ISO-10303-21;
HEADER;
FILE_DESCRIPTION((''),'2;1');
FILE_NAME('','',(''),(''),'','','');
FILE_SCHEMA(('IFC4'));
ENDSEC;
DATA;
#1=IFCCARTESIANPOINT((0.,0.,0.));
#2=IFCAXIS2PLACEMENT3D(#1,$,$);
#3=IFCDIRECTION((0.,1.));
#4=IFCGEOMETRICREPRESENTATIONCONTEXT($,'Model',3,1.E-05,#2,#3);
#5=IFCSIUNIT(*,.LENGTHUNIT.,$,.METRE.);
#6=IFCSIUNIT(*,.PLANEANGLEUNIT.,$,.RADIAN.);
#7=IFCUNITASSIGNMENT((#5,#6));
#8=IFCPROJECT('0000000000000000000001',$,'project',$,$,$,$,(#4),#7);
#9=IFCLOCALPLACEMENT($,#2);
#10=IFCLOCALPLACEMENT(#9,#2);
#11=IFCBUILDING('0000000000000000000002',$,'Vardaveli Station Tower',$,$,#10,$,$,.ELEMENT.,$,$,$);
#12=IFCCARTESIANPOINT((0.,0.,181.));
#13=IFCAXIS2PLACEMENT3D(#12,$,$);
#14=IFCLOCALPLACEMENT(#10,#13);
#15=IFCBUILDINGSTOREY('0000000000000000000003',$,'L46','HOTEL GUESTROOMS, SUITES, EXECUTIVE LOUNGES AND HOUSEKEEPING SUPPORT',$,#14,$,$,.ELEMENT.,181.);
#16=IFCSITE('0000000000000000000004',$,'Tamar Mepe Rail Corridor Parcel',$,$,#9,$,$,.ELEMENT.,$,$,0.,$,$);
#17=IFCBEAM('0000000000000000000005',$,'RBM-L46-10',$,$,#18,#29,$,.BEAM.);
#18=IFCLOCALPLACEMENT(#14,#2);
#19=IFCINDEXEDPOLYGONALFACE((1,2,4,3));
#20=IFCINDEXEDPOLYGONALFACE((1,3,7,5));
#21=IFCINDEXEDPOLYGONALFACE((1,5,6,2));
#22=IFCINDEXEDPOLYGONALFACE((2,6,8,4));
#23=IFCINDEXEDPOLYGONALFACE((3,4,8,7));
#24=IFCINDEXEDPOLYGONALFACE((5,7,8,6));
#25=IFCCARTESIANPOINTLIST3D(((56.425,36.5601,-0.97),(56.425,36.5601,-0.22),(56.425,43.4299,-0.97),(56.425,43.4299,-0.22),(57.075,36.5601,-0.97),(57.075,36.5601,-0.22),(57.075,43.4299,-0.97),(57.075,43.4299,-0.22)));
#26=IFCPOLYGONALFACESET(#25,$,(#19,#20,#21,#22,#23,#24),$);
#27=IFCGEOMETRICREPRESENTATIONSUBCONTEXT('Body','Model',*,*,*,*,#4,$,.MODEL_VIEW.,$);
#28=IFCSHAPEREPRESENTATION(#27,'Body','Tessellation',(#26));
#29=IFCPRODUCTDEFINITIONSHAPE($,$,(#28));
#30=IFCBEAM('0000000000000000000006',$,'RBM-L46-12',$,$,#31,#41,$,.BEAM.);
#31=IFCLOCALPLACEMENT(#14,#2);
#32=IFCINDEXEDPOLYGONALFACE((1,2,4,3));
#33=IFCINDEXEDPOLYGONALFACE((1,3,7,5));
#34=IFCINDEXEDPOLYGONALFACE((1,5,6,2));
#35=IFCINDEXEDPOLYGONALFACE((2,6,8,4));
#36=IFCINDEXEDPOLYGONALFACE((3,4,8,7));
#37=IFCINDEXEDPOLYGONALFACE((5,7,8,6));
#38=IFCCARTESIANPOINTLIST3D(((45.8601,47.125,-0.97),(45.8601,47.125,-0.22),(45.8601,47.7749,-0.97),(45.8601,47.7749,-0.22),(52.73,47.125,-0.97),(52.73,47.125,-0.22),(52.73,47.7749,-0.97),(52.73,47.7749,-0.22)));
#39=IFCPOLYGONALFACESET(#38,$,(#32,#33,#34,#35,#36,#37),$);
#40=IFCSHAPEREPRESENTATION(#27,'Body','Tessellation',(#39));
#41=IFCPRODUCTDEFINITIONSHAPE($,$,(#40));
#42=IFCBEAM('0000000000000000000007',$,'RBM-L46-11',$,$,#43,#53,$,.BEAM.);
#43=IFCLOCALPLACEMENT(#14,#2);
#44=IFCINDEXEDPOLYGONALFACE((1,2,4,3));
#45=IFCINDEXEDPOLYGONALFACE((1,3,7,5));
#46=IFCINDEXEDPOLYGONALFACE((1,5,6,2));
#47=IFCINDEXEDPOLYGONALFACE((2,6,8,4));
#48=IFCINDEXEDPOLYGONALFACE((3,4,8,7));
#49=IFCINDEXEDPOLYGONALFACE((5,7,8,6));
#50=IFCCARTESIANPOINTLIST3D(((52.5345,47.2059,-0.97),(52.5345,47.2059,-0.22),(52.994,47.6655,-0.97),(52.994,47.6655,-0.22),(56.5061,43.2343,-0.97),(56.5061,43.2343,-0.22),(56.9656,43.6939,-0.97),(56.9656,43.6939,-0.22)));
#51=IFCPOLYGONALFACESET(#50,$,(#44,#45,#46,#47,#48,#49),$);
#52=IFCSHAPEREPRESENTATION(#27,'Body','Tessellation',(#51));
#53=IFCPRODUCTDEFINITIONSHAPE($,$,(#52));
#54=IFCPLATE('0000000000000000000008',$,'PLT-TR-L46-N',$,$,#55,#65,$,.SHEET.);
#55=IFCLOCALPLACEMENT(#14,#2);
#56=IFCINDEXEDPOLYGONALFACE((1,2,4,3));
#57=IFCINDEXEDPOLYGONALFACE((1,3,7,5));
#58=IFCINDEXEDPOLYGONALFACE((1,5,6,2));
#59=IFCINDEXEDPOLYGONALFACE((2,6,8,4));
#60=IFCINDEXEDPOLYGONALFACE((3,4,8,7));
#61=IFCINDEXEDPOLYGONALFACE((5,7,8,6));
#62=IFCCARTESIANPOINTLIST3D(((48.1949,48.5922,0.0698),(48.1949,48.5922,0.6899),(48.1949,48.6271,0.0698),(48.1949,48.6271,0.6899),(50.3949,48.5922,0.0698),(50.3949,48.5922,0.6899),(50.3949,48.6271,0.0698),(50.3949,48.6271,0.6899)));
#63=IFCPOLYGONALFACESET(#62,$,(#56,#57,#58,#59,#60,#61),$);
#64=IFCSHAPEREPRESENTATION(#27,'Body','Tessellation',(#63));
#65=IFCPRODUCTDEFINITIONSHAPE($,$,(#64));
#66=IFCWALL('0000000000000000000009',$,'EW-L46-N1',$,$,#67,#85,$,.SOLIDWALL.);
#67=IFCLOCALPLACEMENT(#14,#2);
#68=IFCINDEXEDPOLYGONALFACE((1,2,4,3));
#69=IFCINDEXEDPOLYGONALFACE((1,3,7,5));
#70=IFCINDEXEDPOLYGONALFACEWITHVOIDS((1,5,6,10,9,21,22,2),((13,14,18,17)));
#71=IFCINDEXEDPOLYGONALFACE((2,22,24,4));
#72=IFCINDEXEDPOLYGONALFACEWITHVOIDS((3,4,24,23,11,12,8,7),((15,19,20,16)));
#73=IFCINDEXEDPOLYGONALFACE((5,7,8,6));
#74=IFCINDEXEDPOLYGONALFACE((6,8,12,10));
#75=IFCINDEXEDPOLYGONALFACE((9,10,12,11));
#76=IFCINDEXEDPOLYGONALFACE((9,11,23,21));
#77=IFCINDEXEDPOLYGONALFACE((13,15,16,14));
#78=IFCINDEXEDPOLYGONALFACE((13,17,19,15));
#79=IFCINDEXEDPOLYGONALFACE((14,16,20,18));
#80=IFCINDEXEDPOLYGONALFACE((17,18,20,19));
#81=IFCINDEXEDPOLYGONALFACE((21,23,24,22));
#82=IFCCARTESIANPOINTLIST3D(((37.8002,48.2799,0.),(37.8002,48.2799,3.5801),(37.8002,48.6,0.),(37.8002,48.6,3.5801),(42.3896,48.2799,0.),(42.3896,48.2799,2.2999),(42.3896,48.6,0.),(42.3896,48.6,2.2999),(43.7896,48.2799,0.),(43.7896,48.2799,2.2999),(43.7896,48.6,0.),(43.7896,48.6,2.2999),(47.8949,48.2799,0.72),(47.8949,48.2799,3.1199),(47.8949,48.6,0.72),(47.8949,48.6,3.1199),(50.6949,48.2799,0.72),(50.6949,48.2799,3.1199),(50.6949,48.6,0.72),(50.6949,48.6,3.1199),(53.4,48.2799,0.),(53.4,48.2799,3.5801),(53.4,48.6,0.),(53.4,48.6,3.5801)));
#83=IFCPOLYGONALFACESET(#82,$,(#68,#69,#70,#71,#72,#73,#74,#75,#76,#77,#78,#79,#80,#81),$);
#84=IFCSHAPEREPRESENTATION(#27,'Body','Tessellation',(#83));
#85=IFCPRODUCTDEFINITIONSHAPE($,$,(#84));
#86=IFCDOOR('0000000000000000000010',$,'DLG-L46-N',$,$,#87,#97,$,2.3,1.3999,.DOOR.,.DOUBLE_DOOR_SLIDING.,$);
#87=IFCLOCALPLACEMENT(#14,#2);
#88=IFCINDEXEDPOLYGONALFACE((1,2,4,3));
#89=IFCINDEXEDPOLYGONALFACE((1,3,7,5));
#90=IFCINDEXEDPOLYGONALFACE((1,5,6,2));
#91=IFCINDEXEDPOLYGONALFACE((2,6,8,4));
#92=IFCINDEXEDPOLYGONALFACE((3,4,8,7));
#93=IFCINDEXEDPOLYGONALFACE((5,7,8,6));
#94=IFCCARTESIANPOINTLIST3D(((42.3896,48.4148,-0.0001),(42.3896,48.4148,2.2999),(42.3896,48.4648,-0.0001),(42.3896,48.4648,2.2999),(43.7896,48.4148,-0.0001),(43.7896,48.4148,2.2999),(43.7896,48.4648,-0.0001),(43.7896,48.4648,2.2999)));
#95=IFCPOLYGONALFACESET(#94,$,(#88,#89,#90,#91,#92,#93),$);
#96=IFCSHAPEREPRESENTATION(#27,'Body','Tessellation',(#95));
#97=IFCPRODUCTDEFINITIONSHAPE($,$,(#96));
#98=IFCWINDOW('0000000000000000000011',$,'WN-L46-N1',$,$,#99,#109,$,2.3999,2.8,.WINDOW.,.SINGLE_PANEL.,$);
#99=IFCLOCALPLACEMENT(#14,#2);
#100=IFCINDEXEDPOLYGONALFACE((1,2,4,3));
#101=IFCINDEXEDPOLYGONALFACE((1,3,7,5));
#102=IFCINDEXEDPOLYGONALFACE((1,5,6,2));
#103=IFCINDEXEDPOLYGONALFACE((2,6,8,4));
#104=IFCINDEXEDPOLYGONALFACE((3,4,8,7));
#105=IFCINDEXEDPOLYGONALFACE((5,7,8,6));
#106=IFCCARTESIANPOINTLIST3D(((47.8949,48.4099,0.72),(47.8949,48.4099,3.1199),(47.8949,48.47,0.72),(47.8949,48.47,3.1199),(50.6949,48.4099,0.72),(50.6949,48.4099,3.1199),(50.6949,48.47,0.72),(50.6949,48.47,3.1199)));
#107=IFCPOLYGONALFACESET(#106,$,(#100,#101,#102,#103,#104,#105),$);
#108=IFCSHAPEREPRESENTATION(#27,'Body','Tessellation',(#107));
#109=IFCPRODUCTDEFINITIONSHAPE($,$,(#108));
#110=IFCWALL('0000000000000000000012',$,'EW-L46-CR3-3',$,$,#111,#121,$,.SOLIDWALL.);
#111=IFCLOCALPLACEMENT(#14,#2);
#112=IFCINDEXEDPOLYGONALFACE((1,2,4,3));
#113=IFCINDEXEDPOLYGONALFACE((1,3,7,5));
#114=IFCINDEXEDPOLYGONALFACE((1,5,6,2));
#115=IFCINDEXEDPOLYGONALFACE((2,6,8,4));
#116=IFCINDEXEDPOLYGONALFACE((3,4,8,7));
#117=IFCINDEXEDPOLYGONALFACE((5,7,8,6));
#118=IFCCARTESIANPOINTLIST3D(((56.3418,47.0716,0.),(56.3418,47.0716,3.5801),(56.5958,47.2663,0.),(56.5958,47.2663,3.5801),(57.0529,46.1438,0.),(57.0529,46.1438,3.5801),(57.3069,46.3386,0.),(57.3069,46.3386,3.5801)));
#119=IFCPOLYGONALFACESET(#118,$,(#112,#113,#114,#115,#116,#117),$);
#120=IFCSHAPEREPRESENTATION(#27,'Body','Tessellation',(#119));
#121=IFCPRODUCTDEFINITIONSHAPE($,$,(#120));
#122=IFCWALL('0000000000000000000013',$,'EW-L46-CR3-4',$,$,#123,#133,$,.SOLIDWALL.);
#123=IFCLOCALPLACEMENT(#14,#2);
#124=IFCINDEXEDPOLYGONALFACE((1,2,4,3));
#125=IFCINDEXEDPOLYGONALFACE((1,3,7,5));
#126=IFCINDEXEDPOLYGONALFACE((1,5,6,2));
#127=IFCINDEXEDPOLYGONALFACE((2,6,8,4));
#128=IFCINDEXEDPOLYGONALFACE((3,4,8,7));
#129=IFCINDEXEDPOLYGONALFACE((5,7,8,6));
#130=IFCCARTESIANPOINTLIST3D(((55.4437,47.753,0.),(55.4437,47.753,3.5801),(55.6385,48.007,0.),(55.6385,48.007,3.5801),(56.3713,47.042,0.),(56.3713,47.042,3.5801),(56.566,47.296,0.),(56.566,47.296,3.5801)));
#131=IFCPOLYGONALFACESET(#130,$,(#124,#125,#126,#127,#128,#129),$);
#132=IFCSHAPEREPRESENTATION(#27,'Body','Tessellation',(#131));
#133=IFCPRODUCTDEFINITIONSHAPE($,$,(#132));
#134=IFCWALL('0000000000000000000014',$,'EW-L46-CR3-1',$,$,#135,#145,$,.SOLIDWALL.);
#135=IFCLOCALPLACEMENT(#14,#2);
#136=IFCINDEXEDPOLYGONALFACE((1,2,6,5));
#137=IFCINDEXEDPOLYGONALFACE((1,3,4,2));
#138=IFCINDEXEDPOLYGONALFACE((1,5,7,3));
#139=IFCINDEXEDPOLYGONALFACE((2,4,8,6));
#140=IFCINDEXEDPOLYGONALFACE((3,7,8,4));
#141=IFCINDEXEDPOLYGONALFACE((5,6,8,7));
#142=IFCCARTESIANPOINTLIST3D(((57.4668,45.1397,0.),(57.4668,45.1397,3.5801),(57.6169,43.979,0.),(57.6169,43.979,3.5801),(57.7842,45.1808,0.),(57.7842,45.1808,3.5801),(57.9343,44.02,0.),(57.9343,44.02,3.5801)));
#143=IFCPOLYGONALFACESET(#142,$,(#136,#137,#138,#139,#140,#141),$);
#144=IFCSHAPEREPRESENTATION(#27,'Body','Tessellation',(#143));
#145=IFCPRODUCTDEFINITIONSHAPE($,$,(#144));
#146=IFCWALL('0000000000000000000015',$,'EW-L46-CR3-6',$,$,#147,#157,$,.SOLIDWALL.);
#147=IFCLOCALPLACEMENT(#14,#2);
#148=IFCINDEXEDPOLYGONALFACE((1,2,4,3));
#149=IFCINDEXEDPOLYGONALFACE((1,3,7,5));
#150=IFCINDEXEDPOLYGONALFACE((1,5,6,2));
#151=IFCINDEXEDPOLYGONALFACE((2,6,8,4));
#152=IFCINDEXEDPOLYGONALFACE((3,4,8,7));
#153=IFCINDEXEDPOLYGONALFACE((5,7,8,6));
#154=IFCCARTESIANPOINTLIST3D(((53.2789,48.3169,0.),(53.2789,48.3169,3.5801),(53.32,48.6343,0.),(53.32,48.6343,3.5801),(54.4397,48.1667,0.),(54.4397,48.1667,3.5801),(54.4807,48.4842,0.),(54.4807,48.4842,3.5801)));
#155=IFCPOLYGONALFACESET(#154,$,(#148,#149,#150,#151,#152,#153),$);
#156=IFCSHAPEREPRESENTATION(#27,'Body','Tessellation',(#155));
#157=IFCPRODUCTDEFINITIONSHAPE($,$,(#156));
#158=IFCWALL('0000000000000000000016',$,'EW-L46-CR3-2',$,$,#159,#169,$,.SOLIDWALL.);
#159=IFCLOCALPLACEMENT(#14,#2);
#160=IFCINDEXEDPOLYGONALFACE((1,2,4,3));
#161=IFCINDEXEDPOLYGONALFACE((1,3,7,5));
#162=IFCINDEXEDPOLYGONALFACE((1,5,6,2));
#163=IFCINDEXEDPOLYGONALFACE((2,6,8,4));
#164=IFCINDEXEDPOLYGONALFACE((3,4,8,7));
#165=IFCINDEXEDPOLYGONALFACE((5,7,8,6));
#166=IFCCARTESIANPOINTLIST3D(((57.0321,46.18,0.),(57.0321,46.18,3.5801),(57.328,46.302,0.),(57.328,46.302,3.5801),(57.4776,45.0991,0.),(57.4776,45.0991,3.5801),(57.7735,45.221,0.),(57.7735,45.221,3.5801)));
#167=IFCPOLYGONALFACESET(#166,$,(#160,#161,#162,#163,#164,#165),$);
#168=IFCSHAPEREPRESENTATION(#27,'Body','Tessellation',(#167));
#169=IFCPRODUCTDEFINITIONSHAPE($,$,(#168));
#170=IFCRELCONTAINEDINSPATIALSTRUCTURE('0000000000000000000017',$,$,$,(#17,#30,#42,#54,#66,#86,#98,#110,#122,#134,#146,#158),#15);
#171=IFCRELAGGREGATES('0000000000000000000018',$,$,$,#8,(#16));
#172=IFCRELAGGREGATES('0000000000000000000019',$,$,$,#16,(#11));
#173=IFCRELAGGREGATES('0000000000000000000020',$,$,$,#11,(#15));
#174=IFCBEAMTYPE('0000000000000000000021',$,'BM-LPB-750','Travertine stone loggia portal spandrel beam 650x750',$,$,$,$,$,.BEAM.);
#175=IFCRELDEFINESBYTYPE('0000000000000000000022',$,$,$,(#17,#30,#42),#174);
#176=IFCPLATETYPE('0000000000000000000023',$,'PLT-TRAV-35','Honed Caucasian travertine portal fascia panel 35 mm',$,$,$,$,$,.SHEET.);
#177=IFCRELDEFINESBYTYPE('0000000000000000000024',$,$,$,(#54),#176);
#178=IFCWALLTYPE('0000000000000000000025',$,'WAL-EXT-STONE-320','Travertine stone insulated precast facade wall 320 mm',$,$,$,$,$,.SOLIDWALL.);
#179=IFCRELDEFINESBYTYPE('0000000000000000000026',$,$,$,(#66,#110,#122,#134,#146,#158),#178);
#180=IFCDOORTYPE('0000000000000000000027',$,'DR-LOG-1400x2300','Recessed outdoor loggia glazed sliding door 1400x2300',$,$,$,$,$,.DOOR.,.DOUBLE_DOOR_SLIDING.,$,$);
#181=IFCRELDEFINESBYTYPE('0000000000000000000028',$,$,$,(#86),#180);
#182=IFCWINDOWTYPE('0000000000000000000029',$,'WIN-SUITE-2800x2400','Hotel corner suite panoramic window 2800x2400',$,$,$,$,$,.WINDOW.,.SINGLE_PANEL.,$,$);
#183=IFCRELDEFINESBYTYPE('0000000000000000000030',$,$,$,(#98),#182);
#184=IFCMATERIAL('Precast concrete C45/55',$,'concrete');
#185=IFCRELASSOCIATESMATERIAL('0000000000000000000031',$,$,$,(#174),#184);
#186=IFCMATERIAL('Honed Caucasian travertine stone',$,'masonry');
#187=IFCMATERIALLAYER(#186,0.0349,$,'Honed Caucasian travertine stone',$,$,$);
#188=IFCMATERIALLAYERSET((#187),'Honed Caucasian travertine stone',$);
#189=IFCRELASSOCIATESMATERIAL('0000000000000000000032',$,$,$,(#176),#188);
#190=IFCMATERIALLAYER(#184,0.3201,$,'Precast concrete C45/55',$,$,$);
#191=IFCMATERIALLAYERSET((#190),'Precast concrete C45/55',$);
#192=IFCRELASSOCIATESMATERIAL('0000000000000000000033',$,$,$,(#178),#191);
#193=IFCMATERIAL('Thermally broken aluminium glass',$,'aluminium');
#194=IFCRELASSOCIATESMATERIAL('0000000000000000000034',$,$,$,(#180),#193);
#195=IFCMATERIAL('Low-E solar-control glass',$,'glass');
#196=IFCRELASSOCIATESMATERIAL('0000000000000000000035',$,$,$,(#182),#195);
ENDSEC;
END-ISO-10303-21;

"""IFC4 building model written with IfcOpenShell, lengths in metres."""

from ifc_helpers import new_model, si_unit, direction, frame, frame_2d, origin, origin_2d, place, context, subcontext, project, spatial, rectangle, extrude, source, transform, mapped, material, layer, layer_set, material_profile, profile_set, type_object, element, fill, save


model = new_model("IFC4")

# Units and contexts
model_context = context("Model", 3, precision=1e-05, world=origin(), true_north=direction((0.0, 1.0)))
body_context = subcontext(model_context, "Body", "Model", "MODEL_VIEW")
ifc_project = project(units=[si_unit("LENGTHUNIT", "METRE"), si_unit("PLANEANGLEUNIT", "RADIAN")], contexts=[model_context])

# Site, building, storey
site_placement = place(None, origin())
site = spatial("IfcSite", under=ifc_project, at=site_placement, Name="Tamar Mepe Rail Corridor Parcel", CompositionType="ELEMENT", RefElevation=0.0)
building_placement = place(site_placement, origin())
building = spatial("IfcBuilding", under=site, at=building_placement, Name="Vardaveli Station Tower", CompositionType="ELEMENT")
storey_placement = place(building_placement, frame((0.0, 0.0, 181.0)))
storey = spatial("IfcBuildingStorey", under=building, at=storey_placement, Name="L46", Description="HOTEL GUESTROOMS, SUITES, EXECUTIVE LOUNGES AND HOUSEKEEPING SUPPORT", CompositionType="ELEMENT", Elevation=181.0)

# Beams
ifc_material_1 = material(Name="Precast concrete C45/55", Category="concrete")
ifc_material_profile_1 = material_profile(ifc_material_1, rectangle(XDim=0.6499, YDim=0.75, at=origin_2d()), Name="LPB 650x750")
ifc_profile_set_1 = profile_set([ifc_material_profile_1], Name="Precast concrete C45/55")
beam_type = type_object("IfcBeamType", Name="BM-LPB-750", Description="Travertine stone loggia portal spandrel beam 650x750", PredefinedType="BEAM", material=ifc_profile_set_1)
shared_shape_1 = source(origin(), body_context, "Body", "SweptSolid", [
    extrude(rectangle(XDim=0.6499, YDim=0.75, at=origin_2d()), origin(), (0.0, 0.0, 1.0), 6.8699),
])
for number, where, z_axis, x_axis, name in (
    (1, (56.75, 36.5601, -0.595), (0.0, 1.0, 0.0), (-1.0, 0.0, 0.0), "RBM-L46-10"),
    (2, (52.73, 47.45, -0.595), (-1.0, 0.0, 0.0), (0.0, -1.0, 0.0), "RBM-L46-12"),
):
    element("IfcBeam", number, at=place(storey_placement, frame(where, z_axis=z_axis, x_axis=x_axis)), inside=storey, type_object=beam_type, Name=name, PredefinedType="BEAM", context=body_context, shape_type="MappedRepresentation", body=[
        mapped(shared_shape_1, transform((0.0, 0.0, 0.0), scale=1.0)),
    ])
shared_shape_2 = source(origin(), body_context, "Body", "SweptSolid", [
    extrude(rectangle(XDim=0.6499, YDim=0.75, at=origin_2d()), origin(), (0.0, 0.0, 1.0), 5.6167),
])
beam_1_placement = place(storey_placement, frame((56.7358, 43.4641, -0.595), z_axis=(-0.707107, 0.707107, 0.0), x_axis=(-0.707107, -0.707107, 0.0)))
element("IfcBeam", 3, at=beam_1_placement, inside=storey, type_object=beam_type, Name="RBM-L46-11", PredefinedType="BEAM", context=body_context, shape_type="MappedRepresentation", body=[
    mapped(shared_shape_2, transform((0.0, 0.0, 0.0), scale=1.0)),
])

# Plate
ifc_material_2 = material(Name="Honed Caucasian travertine stone", Category="masonry")
ifc_layer_1 = layer(ifc_material_2, 0.0349, Name="Honed Caucasian travertine stone")
ifc_layer_set_1 = layer_set([ifc_layer_1], Name="Honed Caucasian travertine stone")
plate_type = type_object("IfcPlateType", Name="PLT-TRAV-35", Description="Honed Caucasian travertine portal fascia panel 35 mm", PredefinedType="SHEET", material=ifc_layer_set_1)
shared_shape_3 = source(origin(), body_context, "Body", "SweptSolid", [
    extrude(rectangle(XDim=2.2, YDim=0.0349, at=origin_2d()), origin(), (0.0, 0.0, 1.0), 0.6201),
])
plate_placement = place(storey_placement, frame((49.2949, 48.6096, 0.0698), z_axis=(0.0, 0.0, 1.0), x_axis=(1.0, 0.0, 0.0)))
element("IfcPlate", 4, at=plate_placement, inside=storey, type_object=plate_type, Name="PLT-TR-L46-N", PredefinedType="SHEET", context=body_context, shape_type="MappedRepresentation", body=[
    mapped(shared_shape_3, transform((0.0, 0.0, 0.0), scale=1.0)),
])

# Wall, openings, door, window
ifc_layer_2 = layer(ifc_material_1, 0.3201, Name="Precast concrete C45/55")
ifc_layer_set_2 = layer_set([ifc_layer_2], Name="Precast concrete C45/55")
wall_type_1 = type_object("IfcWallType", Name="WAL-EXT-STONE-320", Description="Travertine stone insulated precast facade wall 320 mm", PredefinedType="SOLIDWALL", material=ifc_layer_set_2)
shared_shape_4 = source(origin(), body_context, "Body", "SweptSolid", [
    extrude(rectangle(XDim=15.5999, YDim=0.3201, at=frame_2d((7.7998, 0.0))), origin(), (0.0, 0.0, 1.0), 3.5801),
])
wall_1_placement = place(storey_placement, frame((53.3999, 48.4399, 0.0), z_axis=(0.0, 0.0, 1.0), x_axis=(-1.0, 0.0, 0.0)))
wall_1 = element("IfcWall", 5, at=wall_1_placement, inside=storey, type_object=wall_type_1, Name="EW-L46-N1", PredefinedType="SOLIDWALL", context=body_context, shape_type="MappedRepresentation", body=[
    mapped(shared_shape_4, transform((0.0, 0.0, 0.0), scale=1.0)),
])
shared_shape_5 = source(origin(), body_context, "Body", "SweptSolid", [
    extrude(rectangle(XDim=1.3999, YDim=2.3, at=frame_2d((0.7, 1.1499))), frame((0.0, 0.1699, 0.0), z_axis=(0.0, -1.0, 0.0), x_axis=(1.0, 0.0, 0.0)), (0.0, 0.0, 1.0), 0.3401),
])
opening_1_placement = place(wall_1_placement, frame((9.6104, 0.0, 0.0)))
opening_1 = element("IfcOpeningElement", 6, at=opening_1_placement, cuts=wall_1, PredefinedType="OPENING", context=body_context, shape_type="MappedRepresentation", body=[
    mapped(shared_shape_5, transform((0.0, 0.0, 0.0), scale=1.0)),
])
shared_shape_6 = source(origin(), body_context, "Body", "SweptSolid", [
    extrude(rectangle(XDim=2.8, YDim=2.3999, at=frame_2d((1.3999, 1.2))), frame((0.0, 0.1699, 0.0), z_axis=(0.0, -1.0, 0.0), x_axis=(1.0, 0.0, 0.0)), (0.0, 0.0, 1.0), 0.3401),
])
opening_2_placement = place(wall_1_placement, frame((2.7051, 0.0, 0.72)))
opening_2 = element("IfcOpeningElement", 7, at=opening_2_placement, cuts=wall_1, PredefinedType="OPENING", context=body_context, shape_type="MappedRepresentation", body=[
    mapped(shared_shape_6, transform((0.0, 0.0, 0.0), scale=1.0)),
])
ifc_material_3 = material(Name="Thermally broken aluminium glass", Category="aluminium")
door_type = type_object("IfcDoorType", Name="DR-LOG-1400x2300", Description="Recessed outdoor loggia glazed sliding door 1400x2300", OperationType="DOUBLE_DOOR_SLIDING", PredefinedType="DOOR", material=ifc_material_3)
shared_shape_7 = source(origin(), body_context, "Body", "SweptSolid", [
    extrude(rectangle(XDim=1.3999, YDim=2.3, at=frame_2d((0.7, 1.1499))), frame((0.0, 0.0249, 0.0), z_axis=(0.0, -1.0, 0.0), x_axis=(1.0, 0.0, 0.0)), (0.0, 0.0, 1.0), 0.05),
])
door_placement = place(opening_1_placement, frame((1.3999, 0.0, 0.0), z_axis=(0.0, 0.0, 1.0), x_axis=(-1.0, 0.0, 0.0)))
door = element("IfcDoor", 8, at=door_placement, inside=storey, type_object=door_type, Name="DLG-L46-N", OperationType="DOUBLE_DOOR_SLIDING", OverallHeight=2.3, OverallWidth=1.3999, PredefinedType="DOOR", context=body_context, shape_type="MappedRepresentation", body=[
    mapped(shared_shape_7, transform((0.0, 0.0, 0.0), scale=1.0)),
])
fill(opening_1, door)
ifc_material_4 = material(Name="Low-E solar-control glass", Category="glass")
window_type = type_object("IfcWindowType", Name="WIN-SUITE-2800x2400", Description="Hotel corner suite panoramic window 2800x2400", PartitioningType="SINGLE_PANEL", PredefinedType="WINDOW", material=ifc_material_4)
shared_shape_8 = source(origin(), body_context, "Body", "SweptSolid", [
    extrude(rectangle(XDim=2.8, YDim=2.3999, at=frame_2d((1.3999, 1.2))), frame((0.0, 0.03, 0.0), z_axis=(0.0, -1.0, 0.0), x_axis=(1.0, 0.0, 0.0)), (0.0, 0.0, 1.0), 0.0601),
])
window_placement = place(opening_2_placement, origin())
window = element("IfcWindow", 9, at=window_placement, inside=storey, type_object=window_type, Name="WN-L46-N1", OverallHeight=2.3999, OverallWidth=2.8, PartitioningType="SINGLE_PANEL", PredefinedType="WINDOW", context=body_context, shape_type="MappedRepresentation", body=[
    mapped(shared_shape_8, transform((0.0, 0.0, 0.0), scale=1.0)),
])
fill(opening_2, window)

# Walls
shared_shape_9 = source(origin(), body_context, "Body", "SweptSolid", [
    extrude(rectangle(XDim=1.1689, YDim=0.3201, at=frame_2d((0.5845, 0.0))), origin(), (0.0, 0.0, 1.0), 3.5801),
])
wall_2_placement = place(storey_placement, frame((57.1799, 46.2412, 0.0), z_axis=(0.0, 0.0, 1.0), x_axis=(-0.608388, 0.79364, 0.0)))
element("IfcWall", 10, at=wall_2_placement, inside=storey, type_object=wall_type_1, Name="EW-L46-CR3-3", PredefinedType="SOLIDWALL", context=body_context, shape_type="MappedRepresentation", body=[
    mapped(shared_shape_9, transform((0.0, 0.0, 0.0), scale=1.0)),
])
shared_shape_10 = source(origin(), body_context, "Body", "SweptSolid", [
    extrude(rectangle(XDim=1.1687, YDim=0.3201, at=frame_2d((0.5845, 0.0))), origin(), (0.0, 0.0, 1.0), 3.5801),
])
wall_3_placement = place(storey_placement, frame((56.4688, 47.1689, 0.0), z_axis=(0.0, 0.0, 1.0), x_axis=(-0.793664, 0.608357, 0.0)))
element("IfcWall", 11, at=wall_3_placement, inside=storey, type_object=wall_type_1, Name="EW-L46-CR3-4", PredefinedType="SOLIDWALL", context=body_context, shape_type="MappedRepresentation", body=[
    mapped(shared_shape_10, transform((0.0, 0.0, 0.0), scale=1.0)),
])
shared_shape_11 = source(origin(), body_context, "Body", "SweptSolid", [
    extrude(rectangle(XDim=1.1704, YDim=0.3201, at=frame_2d((0.5852, 0.0))), origin(), (0.0, 0.0, 1.0), 3.5801),
])
for number, where, z_axis, x_axis, name in (
    (12, (57.7756, 43.9995, 0.0), (0.0, 0.0, 1.0), (-0.128296, 0.991736, 0.0), "EW-L46-CR3-1"),
    (13, (54.4602, 48.3254, 0.0), (0.0, 0.0, 1.0), (-0.991736, 0.128296, 0.0), "EW-L46-CR3-6"),
):
    element("IfcWall", number, at=place(storey_placement, frame(where, z_axis=z_axis, x_axis=x_axis)), inside=storey, type_object=wall_type_1, Name=name, PredefinedType="SOLIDWALL", context=body_context, shape_type="MappedRepresentation", body=[
        mapped(shared_shape_11, transform((0.0, 0.0, 0.0), scale=1.0)),
    ])
shared_shape_12 = source(origin(), body_context, "Body", "SweptSolid", [
    extrude(rectangle(XDim=1.1692, YDim=0.3201, at=frame_2d((0.5845, 0.0))), origin(), (0.0, 0.0, 1.0), 3.5801),
])
for number, where, z_axis, x_axis, name in (
    (14, (57.6255, 45.1602, 0.0), (0.0, 0.0, 1.0), (-0.381054, 0.924553, 0.0), "EW-L46-CR3-2"),
):
    element("IfcWall", number, at=place(storey_placement, frame(where, z_axis=z_axis, x_axis=x_axis)), inside=storey, type_object=wall_type_1, Name=name, PredefinedType="SOLIDWALL", context=body_context, shape_type="MappedRepresentation", body=[
        mapped(shared_shape_12, transform((0.0, 0.0, 0.0), scale=1.0)),
    ])

save(model, "model.ifc")
